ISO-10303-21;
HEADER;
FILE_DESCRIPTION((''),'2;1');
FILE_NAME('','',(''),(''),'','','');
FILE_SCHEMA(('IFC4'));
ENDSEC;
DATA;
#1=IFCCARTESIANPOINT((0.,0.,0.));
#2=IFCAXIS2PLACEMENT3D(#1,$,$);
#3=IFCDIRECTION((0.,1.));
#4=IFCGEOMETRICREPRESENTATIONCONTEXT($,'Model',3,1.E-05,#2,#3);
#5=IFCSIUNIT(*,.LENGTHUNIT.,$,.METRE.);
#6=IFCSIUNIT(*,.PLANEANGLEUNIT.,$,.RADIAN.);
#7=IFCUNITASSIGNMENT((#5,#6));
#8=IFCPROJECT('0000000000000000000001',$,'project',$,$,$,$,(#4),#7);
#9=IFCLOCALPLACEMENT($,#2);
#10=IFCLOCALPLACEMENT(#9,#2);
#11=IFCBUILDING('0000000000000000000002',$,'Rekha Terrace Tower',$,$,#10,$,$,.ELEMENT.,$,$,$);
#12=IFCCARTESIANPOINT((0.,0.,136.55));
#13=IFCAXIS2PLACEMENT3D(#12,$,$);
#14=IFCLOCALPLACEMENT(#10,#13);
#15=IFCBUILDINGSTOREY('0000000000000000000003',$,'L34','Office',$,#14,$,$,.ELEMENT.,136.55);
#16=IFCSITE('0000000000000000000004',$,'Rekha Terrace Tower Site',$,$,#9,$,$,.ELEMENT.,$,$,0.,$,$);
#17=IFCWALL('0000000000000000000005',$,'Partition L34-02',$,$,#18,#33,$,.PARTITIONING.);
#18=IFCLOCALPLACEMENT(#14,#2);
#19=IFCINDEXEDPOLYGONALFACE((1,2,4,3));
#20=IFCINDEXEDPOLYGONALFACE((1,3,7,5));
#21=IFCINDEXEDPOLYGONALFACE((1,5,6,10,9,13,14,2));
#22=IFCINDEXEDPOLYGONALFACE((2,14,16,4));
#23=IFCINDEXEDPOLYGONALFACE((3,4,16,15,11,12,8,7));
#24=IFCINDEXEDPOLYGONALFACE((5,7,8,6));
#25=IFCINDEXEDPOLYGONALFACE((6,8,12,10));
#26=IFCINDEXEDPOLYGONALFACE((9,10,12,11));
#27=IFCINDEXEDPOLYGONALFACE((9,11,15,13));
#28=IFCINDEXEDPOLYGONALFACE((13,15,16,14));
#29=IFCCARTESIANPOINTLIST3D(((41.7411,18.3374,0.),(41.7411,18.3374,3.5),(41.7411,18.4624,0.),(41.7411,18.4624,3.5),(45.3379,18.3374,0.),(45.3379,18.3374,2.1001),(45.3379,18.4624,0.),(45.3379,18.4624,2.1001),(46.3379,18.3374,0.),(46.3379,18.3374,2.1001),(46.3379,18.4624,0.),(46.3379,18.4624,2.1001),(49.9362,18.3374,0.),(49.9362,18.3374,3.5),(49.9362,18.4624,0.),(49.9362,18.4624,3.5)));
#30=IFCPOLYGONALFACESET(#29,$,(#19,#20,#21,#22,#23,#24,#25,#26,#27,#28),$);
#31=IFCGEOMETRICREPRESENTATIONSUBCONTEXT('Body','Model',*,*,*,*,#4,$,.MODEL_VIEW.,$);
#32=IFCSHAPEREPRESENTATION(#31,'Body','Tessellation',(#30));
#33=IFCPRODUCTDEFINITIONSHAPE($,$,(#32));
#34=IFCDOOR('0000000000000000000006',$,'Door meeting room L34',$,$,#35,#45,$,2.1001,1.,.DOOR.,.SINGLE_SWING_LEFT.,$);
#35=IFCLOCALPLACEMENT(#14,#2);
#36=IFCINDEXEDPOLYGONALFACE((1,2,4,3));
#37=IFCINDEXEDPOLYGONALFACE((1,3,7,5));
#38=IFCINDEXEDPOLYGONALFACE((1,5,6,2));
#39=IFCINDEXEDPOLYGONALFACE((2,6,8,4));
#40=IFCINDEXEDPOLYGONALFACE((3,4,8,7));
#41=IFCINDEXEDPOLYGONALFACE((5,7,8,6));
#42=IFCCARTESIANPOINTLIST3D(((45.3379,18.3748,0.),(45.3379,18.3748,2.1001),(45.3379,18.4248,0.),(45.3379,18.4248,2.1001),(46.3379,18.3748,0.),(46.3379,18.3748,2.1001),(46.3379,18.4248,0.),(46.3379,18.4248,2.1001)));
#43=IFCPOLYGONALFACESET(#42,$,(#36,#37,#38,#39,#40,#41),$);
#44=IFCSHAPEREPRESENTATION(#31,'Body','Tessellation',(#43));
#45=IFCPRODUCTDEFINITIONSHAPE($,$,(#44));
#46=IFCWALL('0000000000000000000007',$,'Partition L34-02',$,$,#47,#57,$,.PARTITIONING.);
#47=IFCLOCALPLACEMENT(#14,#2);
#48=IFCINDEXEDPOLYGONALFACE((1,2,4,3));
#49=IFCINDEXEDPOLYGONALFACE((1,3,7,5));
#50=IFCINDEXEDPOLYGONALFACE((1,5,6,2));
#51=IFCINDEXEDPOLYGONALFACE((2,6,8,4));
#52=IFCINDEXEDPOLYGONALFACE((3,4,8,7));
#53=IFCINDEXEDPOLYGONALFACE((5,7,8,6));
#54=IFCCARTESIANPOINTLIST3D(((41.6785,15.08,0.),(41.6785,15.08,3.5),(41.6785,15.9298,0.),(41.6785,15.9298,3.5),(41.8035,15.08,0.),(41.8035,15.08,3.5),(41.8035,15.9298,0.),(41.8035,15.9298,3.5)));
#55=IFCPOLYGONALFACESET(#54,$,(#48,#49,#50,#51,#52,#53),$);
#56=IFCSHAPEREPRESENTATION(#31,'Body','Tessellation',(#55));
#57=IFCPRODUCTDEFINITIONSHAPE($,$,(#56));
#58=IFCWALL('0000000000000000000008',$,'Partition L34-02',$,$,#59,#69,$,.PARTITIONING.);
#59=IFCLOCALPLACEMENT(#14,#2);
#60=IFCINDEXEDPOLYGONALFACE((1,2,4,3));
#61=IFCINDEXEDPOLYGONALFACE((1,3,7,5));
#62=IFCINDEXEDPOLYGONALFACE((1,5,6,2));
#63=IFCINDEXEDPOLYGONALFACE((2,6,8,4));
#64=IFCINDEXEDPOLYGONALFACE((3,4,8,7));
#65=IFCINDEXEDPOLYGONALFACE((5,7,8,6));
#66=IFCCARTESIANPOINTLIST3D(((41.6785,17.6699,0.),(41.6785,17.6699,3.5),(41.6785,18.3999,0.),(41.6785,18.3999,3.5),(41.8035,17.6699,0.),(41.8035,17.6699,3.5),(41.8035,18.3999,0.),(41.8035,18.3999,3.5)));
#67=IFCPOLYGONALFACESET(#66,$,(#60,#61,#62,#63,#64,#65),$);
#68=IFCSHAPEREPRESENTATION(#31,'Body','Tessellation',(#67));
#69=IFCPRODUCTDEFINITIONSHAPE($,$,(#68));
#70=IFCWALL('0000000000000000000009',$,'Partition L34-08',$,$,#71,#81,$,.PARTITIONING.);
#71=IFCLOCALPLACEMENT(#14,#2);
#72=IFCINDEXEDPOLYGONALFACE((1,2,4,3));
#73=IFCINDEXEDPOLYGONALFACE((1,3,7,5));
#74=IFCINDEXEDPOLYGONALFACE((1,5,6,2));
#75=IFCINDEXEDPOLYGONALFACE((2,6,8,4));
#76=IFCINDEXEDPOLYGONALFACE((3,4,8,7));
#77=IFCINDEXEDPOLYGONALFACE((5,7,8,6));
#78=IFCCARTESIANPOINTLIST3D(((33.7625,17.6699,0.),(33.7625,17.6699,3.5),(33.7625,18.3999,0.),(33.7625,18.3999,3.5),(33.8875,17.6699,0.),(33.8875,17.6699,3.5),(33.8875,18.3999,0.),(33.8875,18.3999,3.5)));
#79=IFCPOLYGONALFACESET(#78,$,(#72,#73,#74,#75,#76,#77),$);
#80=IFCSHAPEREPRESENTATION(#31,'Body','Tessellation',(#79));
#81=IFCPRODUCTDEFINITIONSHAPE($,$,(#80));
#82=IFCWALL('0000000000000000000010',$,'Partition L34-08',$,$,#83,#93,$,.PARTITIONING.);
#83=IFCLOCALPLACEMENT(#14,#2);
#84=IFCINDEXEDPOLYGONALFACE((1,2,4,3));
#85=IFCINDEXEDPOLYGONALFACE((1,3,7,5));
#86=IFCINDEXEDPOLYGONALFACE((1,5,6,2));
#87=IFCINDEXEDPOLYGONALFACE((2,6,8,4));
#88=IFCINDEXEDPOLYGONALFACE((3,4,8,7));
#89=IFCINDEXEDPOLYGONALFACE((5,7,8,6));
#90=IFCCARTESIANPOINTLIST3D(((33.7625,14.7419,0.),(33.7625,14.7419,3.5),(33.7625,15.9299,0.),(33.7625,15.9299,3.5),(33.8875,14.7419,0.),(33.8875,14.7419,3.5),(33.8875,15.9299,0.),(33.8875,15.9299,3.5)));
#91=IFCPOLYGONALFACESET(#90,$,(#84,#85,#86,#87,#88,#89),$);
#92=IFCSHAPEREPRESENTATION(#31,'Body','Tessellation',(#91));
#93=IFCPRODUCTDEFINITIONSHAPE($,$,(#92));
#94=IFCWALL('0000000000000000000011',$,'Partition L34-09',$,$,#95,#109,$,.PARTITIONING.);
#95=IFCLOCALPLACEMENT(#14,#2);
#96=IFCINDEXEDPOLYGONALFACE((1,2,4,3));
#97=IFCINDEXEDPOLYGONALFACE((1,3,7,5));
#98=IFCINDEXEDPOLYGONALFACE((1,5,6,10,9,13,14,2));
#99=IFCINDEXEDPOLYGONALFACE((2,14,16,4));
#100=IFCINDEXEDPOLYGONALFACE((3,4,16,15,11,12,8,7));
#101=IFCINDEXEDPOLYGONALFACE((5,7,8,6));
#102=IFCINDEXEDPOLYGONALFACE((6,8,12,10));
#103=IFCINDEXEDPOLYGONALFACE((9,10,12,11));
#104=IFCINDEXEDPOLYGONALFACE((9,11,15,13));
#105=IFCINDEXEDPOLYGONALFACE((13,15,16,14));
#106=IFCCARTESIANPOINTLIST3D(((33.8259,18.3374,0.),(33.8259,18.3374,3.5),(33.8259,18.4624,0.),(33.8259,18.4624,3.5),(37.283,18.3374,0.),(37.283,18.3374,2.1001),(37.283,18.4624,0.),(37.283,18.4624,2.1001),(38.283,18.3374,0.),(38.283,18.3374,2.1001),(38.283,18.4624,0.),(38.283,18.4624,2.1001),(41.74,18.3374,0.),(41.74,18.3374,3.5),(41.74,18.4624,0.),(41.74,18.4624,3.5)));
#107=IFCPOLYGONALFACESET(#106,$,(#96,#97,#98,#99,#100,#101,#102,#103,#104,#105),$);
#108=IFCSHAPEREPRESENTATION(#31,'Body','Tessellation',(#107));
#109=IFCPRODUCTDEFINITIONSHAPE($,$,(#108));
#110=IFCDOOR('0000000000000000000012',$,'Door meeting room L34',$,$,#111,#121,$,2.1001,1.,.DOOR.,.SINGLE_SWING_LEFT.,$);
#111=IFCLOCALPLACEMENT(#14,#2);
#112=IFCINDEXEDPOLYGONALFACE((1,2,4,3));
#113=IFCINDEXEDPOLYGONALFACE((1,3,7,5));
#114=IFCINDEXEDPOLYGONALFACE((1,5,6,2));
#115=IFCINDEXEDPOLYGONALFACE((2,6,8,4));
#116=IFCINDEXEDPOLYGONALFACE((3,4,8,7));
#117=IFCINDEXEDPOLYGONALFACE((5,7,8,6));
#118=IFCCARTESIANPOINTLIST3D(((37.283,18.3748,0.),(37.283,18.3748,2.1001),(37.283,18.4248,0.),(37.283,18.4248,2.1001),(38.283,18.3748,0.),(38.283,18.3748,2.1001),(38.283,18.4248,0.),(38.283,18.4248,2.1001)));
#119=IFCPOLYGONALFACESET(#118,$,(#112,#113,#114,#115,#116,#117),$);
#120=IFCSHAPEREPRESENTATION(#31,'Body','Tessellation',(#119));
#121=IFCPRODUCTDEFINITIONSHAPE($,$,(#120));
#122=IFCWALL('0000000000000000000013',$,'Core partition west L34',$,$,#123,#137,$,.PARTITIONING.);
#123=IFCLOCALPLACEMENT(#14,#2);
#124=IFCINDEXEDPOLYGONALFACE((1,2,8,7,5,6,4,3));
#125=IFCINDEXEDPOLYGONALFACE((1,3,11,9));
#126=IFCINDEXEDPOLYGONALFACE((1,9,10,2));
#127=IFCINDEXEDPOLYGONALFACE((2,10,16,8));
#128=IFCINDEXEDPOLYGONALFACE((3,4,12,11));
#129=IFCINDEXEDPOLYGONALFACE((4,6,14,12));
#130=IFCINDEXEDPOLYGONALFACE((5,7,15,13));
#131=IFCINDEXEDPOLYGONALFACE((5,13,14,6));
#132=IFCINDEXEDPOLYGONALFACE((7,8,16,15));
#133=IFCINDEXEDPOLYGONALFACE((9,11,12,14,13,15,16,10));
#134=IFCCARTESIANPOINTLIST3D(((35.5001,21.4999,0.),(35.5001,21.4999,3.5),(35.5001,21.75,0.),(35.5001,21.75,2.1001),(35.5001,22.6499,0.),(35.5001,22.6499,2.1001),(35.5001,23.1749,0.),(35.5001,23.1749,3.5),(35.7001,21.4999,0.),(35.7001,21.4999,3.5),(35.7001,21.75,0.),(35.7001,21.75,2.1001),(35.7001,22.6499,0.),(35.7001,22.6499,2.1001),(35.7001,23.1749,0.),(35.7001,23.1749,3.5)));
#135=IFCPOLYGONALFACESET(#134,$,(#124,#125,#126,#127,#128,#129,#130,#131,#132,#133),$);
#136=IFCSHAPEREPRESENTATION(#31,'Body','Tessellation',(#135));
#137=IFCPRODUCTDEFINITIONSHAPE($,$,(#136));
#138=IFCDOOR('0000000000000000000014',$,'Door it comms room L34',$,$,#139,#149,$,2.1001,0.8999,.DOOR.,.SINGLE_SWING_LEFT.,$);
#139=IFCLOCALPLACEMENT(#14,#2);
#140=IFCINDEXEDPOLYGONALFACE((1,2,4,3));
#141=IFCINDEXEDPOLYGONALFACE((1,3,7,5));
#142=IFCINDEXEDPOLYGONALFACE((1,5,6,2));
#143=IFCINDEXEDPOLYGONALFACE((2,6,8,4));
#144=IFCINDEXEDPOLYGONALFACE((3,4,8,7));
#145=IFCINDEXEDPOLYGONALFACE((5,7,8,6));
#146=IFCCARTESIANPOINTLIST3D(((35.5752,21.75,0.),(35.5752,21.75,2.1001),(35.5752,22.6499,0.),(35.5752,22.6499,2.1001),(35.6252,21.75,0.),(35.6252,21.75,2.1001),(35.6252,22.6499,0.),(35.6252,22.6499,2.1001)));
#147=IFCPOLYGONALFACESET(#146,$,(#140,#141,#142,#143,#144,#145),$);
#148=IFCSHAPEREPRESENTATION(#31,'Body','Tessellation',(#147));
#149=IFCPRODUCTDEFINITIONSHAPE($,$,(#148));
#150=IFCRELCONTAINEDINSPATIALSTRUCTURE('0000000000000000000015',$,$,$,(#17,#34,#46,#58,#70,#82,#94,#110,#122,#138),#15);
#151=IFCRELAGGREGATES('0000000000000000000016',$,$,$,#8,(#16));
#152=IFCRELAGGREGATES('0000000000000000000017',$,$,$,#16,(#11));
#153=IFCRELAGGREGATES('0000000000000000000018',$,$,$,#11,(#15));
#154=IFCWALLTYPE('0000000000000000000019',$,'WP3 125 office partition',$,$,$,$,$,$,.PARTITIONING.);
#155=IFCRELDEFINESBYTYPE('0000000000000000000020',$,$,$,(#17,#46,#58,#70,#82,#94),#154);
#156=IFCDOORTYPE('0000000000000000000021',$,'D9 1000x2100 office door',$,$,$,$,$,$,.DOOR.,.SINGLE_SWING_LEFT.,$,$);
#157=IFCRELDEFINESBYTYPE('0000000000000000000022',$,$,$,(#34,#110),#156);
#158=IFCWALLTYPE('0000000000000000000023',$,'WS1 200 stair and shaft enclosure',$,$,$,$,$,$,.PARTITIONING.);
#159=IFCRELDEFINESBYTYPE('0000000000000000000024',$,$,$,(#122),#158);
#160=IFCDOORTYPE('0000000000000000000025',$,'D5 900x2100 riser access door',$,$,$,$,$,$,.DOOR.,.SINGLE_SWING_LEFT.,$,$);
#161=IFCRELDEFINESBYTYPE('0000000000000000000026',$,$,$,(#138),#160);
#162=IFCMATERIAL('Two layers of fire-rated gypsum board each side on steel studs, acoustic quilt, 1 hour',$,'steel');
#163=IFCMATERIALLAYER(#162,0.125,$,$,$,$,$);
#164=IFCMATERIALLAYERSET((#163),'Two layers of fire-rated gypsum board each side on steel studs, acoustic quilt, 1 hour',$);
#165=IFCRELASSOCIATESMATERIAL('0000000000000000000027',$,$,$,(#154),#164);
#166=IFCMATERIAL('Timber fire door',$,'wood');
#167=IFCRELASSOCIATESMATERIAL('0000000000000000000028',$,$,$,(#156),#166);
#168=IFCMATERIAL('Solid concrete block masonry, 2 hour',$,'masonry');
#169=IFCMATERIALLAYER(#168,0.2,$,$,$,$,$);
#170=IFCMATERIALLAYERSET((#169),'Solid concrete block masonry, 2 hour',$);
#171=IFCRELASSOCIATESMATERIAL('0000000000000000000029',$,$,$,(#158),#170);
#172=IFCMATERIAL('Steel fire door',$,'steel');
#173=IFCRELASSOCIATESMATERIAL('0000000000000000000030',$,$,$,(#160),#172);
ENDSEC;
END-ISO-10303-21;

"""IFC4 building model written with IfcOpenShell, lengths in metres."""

from ifc_helpers import new_model, si_unit, direction, frame, frame_2d, origin, place, context, subcontext, project, spatial, rectangle, extrude, material, layer, layer_set, type_object, element, fill, save


model = new_model("IFC4")

# Units and contexts
model_context = context("Model", 3, precision=1e-05, world=origin(), true_north=direction((0.0, 1.0)))
body_context = subcontext(model_context, "Body", "Model", "MODEL_VIEW")
ifc_project = project(units=[si_unit("LENGTHUNIT", "METRE"), si_unit("PLANEANGLEUNIT", "RADIAN")], contexts=[model_context])

# Site, building, storey
site_placement = place(None, origin())
site = spatial("IfcSite", under=ifc_project, at=site_placement, Name="Rekha Terrace Tower Site", CompositionType="ELEMENT", RefElevation=0.0)
building_placement = place(site_placement, origin())
building = spatial("IfcBuilding", under=site, at=building_placement, Name="Rekha Terrace Tower", CompositionType="ELEMENT")
storey_placement = place(building_placement, frame((0.0, 0.0, 136.55)))
storey = spatial("IfcBuildingStorey", under=building, at=storey_placement, Name="L34", Description="Office", CompositionType="ELEMENT", Elevation=136.55)

# Wall, opening, door
ifc_material_1 = material(Name="Two layers of fire-rated gypsum board each side on steel studs, acoustic quilt, 1 hour", Category="steel")
ifc_layer_1 = layer(ifc_material_1, 0.125)
ifc_layer_set_1 = layer_set([ifc_layer_1], Name="Two layers of fire-rated gypsum board each side on steel studs, acoustic quilt, 1 hour")
wall_type_1 = type_object("IfcWallType", Name="WP3 125 office partition", PredefinedType="PARTITIONING", material=ifc_layer_set_1)
wall_1_placement = place(storey_placement, frame((41.741, 18.3999, 0.0), z_axis=(0.0, 0.0, 1.0), x_axis=(1.0, 0.0, 0.0)))
wall_1 = element("IfcWall", 1, at=wall_1_placement, inside=storey, type_object=wall_type_1, Name="Partition L34-02", PredefinedType="PARTITIONING", context=body_context, shape_type="SweptSolid", body=[
    extrude(rectangle(XDim=8.1951, YDim=0.125, at=frame_2d((4.0977, 0.0))), origin(), (0.0, 0.0, 1.0), 3.5),
])
opening_1_placement = place(wall_1_placement, frame((3.5969, 0.0, 0.0)))
opening_1 = element("IfcOpeningElement", 2, at=opening_1_placement, cuts=wall_1, PredefinedType="OPENING", context=body_context, shape_type="SweptSolid", body=[
    extrude(rectangle(XDim=1.0, YDim=2.1001, at=frame_2d((0.5, 1.05))), frame((0.0, 0.0725, 0.0), z_axis=(0.0, -1.0, 0.0), x_axis=(1.0, 0.0, 0.0)), (0.0, 0.0, 1.0), 0.145),
])
ifc_material_2 = material(Name="Timber fire door", Category="wood")
door_type_1 = type_object("IfcDoorType", Name="D9 1000x2100 office door", OperationType="SINGLE_SWING_LEFT", PredefinedType="DOOR", material=ifc_material_2)
door_1_placement = place(opening_1_placement, origin())
door_1 = element("IfcDoor", 3, at=door_1_placement, inside=storey, type_object=door_type_1, Name="Door meeting room L34", OperationType="SINGLE_SWING_LEFT", OverallHeight=2.1001, OverallWidth=1.0, PredefinedType="DOOR", context=body_context, shape_type="SweptSolid", body=[
    extrude(rectangle(XDim=1.0, YDim=2.1001, at=frame_2d((0.5, 1.05))), frame((0.0, 0.0249, 0.0), z_axis=(0.0, -1.0, 0.0), x_axis=(1.0, 0.0, 0.0)), (0.0, 0.0, 1.0), 0.05),
])
fill(opening_1, door_1)

# Walls
wall_2_placement = place(storey_placement, frame((41.741, 15.0801, 0.0), z_axis=(0.0, 0.0, 1.0), x_axis=(0.0, 1.0, 0.0)))
element("IfcWall", 4, at=wall_2_placement, inside=storey, type_object=wall_type_1, Name="Partition L34-02", PredefinedType="PARTITIONING", context=body_context, shape_type="SweptSolid", body=[
    extrude(rectangle(XDim=0.8499, YDim=0.125, at=frame_2d((0.4248, 0.0))), origin(), (0.0, 0.0, 1.0), 3.5),
])
for number, where, z_axis, x_axis, name in (
    (5, (41.741, 17.6699, 0.0), (0.0, 0.0, 1.0), (0.0, 1.0, 0.0), "Partition L34-02"),
    (6, (33.825, 18.3999, 0.0), (0.0, 0.0, 1.0), (0.0, -1.0, 0.0), "Partition L34-08"),
):
    element("IfcWall", number, at=place(storey_placement, frame(where, z_axis=z_axis, x_axis=x_axis)), inside=storey, type_object=wall_type_1, Name=name, PredefinedType="PARTITIONING", context=body_context, shape_type="SweptSolid", body=[
        extrude(rectangle(XDim=0.73, YDim=0.125, at=frame_2d((0.365, 0.0))), origin(), (0.0, 0.0, 1.0), 3.5),
    ])
wall_3_placement = place(storey_placement, frame((33.825, 15.9299, 0.0), z_axis=(0.0, 0.0, 1.0), x_axis=(0.0, -1.0, 0.0)))
element("IfcWall", 7, at=wall_3_placement, inside=storey, type_object=wall_type_1, Name="Partition L34-08", PredefinedType="PARTITIONING", context=body_context, shape_type="SweptSolid", body=[
    extrude(rectangle(XDim=1.188, YDim=0.125, at=frame_2d((0.594, 0.0))), origin(), (0.0, 0.0, 1.0), 3.5),
])

# Walls, openings, doors
wall_4_placement = place(storey_placement, frame((33.8259, 18.3999, 0.0), z_axis=(0.0, 0.0, 1.0), x_axis=(1.0, 0.0, 0.0)))
wall_4 = element("IfcWall", 8, at=wall_4_placement, inside=storey, type_object=wall_type_1, Name="Partition L34-09", PredefinedType="PARTITIONING", context=body_context, shape_type="SweptSolid", body=[
    extrude(rectangle(XDim=7.9141, YDim=0.125, at=frame_2d((3.957, 0.0))), origin(), (0.0, 0.0, 1.0), 3.5),
])
opening_2_placement = place(wall_4_placement, frame((3.457, 0.0, 0.0)))
opening_2 = element("IfcOpeningElement", 9, at=opening_2_placement, cuts=wall_4, PredefinedType="OPENING", context=body_context, shape_type="SweptSolid", body=[
    extrude(rectangle(XDim=1.0, YDim=2.1001, at=frame_2d((0.5, 1.05))), frame((0.0, 0.0725, 0.0), z_axis=(0.0, -1.0, 0.0), x_axis=(1.0, 0.0, 0.0)), (0.0, 0.0, 1.0), 0.145),
])
door_2_placement = place(opening_2_placement, origin())
door_2 = element("IfcDoor", 10, at=door_2_placement, inside=storey, type_object=door_type_1, Name="Door meeting room L34", OperationType="SINGLE_SWING_LEFT", OverallHeight=2.1001, OverallWidth=1.0, PredefinedType="DOOR", context=body_context, shape_type="SweptSolid", body=[
    extrude(rectangle(XDim=1.0, YDim=2.1001, at=frame_2d((0.5, 1.05))), frame((0.0, 0.0249, 0.0), z_axis=(0.0, -1.0, 0.0), x_axis=(1.0, 0.0, 0.0)), (0.0, 0.0, 1.0), 0.05),
])
fill(opening_2, door_2)
ifc_material_3 = material(Name="Solid concrete block masonry, 2 hour", Category="masonry")
ifc_layer_2 = layer(ifc_material_3, 0.2)
ifc_layer_set_2 = layer_set([ifc_layer_2], Name="Solid concrete block masonry, 2 hour")
wall_type_2 = type_object("IfcWallType", Name="WS1 200 stair and shaft enclosure", PredefinedType="PARTITIONING", material=ifc_layer_set_2)
wall_5_placement = place(storey_placement, frame((35.6001, 21.5, 0.0), z_axis=(0.0, 0.0, 1.0), x_axis=(0.0, 1.0, 0.0)))
wall_5 = element("IfcWall", 11, at=wall_5_placement, inside=storey, type_object=wall_type_2, Name="Core partition west L34", PredefinedType="PARTITIONING", context=body_context, shape_type="SweptSolid", body=[
    extrude(rectangle(XDim=1.675, YDim=0.2, at=frame_2d((0.8374, 0.0))), origin(), (0.0, 0.0, 1.0), 3.5),
])
opening_3_placement = place(wall_5_placement, frame((0.25, 0.0, 0.0)))
opening_3 = element("IfcOpeningElement", 12, at=opening_3_placement, cuts=wall_5, PredefinedType="OPENING", context=body_context, shape_type="SweptSolid", body=[
    extrude(rectangle(XDim=0.8999, YDim=2.1001, at=frame_2d((0.45, 1.05))), frame((0.0, 0.1099, 0.0), z_axis=(0.0, -1.0, 0.0), x_axis=(1.0, 0.0, 0.0)), (0.0, 0.0, 1.0), 0.22),
])
ifc_material_4 = material(Name="Steel fire door", Category="steel")
door_type_2 = type_object("IfcDoorType", Name="D5 900x2100 riser access door", OperationType="SINGLE_SWING_LEFT", PredefinedType="DOOR", material=ifc_material_4)
door_3_placement = place(opening_3_placement, origin())
door_3 = element("IfcDoor", 13, at=door_3_placement, inside=storey, type_object=door_type_2, Name="Door it comms room L34", OperationType="SINGLE_SWING_LEFT", OverallHeight=2.1001, OverallWidth=0.8999, PredefinedType="DOOR", context=body_context, shape_type="SweptSolid", body=[
    extrude(rectangle(XDim=0.8999, YDim=2.1001, at=frame_2d((0.45, 1.05))), frame((0.0, 0.0249, 0.0), z_axis=(0.0, -1.0, 0.0), x_axis=(1.0, 0.0, 0.0)), (0.0, 0.0, 1.0), 0.05),
])
fill(opening_3, door_3)

save(model, "model.ifc")
